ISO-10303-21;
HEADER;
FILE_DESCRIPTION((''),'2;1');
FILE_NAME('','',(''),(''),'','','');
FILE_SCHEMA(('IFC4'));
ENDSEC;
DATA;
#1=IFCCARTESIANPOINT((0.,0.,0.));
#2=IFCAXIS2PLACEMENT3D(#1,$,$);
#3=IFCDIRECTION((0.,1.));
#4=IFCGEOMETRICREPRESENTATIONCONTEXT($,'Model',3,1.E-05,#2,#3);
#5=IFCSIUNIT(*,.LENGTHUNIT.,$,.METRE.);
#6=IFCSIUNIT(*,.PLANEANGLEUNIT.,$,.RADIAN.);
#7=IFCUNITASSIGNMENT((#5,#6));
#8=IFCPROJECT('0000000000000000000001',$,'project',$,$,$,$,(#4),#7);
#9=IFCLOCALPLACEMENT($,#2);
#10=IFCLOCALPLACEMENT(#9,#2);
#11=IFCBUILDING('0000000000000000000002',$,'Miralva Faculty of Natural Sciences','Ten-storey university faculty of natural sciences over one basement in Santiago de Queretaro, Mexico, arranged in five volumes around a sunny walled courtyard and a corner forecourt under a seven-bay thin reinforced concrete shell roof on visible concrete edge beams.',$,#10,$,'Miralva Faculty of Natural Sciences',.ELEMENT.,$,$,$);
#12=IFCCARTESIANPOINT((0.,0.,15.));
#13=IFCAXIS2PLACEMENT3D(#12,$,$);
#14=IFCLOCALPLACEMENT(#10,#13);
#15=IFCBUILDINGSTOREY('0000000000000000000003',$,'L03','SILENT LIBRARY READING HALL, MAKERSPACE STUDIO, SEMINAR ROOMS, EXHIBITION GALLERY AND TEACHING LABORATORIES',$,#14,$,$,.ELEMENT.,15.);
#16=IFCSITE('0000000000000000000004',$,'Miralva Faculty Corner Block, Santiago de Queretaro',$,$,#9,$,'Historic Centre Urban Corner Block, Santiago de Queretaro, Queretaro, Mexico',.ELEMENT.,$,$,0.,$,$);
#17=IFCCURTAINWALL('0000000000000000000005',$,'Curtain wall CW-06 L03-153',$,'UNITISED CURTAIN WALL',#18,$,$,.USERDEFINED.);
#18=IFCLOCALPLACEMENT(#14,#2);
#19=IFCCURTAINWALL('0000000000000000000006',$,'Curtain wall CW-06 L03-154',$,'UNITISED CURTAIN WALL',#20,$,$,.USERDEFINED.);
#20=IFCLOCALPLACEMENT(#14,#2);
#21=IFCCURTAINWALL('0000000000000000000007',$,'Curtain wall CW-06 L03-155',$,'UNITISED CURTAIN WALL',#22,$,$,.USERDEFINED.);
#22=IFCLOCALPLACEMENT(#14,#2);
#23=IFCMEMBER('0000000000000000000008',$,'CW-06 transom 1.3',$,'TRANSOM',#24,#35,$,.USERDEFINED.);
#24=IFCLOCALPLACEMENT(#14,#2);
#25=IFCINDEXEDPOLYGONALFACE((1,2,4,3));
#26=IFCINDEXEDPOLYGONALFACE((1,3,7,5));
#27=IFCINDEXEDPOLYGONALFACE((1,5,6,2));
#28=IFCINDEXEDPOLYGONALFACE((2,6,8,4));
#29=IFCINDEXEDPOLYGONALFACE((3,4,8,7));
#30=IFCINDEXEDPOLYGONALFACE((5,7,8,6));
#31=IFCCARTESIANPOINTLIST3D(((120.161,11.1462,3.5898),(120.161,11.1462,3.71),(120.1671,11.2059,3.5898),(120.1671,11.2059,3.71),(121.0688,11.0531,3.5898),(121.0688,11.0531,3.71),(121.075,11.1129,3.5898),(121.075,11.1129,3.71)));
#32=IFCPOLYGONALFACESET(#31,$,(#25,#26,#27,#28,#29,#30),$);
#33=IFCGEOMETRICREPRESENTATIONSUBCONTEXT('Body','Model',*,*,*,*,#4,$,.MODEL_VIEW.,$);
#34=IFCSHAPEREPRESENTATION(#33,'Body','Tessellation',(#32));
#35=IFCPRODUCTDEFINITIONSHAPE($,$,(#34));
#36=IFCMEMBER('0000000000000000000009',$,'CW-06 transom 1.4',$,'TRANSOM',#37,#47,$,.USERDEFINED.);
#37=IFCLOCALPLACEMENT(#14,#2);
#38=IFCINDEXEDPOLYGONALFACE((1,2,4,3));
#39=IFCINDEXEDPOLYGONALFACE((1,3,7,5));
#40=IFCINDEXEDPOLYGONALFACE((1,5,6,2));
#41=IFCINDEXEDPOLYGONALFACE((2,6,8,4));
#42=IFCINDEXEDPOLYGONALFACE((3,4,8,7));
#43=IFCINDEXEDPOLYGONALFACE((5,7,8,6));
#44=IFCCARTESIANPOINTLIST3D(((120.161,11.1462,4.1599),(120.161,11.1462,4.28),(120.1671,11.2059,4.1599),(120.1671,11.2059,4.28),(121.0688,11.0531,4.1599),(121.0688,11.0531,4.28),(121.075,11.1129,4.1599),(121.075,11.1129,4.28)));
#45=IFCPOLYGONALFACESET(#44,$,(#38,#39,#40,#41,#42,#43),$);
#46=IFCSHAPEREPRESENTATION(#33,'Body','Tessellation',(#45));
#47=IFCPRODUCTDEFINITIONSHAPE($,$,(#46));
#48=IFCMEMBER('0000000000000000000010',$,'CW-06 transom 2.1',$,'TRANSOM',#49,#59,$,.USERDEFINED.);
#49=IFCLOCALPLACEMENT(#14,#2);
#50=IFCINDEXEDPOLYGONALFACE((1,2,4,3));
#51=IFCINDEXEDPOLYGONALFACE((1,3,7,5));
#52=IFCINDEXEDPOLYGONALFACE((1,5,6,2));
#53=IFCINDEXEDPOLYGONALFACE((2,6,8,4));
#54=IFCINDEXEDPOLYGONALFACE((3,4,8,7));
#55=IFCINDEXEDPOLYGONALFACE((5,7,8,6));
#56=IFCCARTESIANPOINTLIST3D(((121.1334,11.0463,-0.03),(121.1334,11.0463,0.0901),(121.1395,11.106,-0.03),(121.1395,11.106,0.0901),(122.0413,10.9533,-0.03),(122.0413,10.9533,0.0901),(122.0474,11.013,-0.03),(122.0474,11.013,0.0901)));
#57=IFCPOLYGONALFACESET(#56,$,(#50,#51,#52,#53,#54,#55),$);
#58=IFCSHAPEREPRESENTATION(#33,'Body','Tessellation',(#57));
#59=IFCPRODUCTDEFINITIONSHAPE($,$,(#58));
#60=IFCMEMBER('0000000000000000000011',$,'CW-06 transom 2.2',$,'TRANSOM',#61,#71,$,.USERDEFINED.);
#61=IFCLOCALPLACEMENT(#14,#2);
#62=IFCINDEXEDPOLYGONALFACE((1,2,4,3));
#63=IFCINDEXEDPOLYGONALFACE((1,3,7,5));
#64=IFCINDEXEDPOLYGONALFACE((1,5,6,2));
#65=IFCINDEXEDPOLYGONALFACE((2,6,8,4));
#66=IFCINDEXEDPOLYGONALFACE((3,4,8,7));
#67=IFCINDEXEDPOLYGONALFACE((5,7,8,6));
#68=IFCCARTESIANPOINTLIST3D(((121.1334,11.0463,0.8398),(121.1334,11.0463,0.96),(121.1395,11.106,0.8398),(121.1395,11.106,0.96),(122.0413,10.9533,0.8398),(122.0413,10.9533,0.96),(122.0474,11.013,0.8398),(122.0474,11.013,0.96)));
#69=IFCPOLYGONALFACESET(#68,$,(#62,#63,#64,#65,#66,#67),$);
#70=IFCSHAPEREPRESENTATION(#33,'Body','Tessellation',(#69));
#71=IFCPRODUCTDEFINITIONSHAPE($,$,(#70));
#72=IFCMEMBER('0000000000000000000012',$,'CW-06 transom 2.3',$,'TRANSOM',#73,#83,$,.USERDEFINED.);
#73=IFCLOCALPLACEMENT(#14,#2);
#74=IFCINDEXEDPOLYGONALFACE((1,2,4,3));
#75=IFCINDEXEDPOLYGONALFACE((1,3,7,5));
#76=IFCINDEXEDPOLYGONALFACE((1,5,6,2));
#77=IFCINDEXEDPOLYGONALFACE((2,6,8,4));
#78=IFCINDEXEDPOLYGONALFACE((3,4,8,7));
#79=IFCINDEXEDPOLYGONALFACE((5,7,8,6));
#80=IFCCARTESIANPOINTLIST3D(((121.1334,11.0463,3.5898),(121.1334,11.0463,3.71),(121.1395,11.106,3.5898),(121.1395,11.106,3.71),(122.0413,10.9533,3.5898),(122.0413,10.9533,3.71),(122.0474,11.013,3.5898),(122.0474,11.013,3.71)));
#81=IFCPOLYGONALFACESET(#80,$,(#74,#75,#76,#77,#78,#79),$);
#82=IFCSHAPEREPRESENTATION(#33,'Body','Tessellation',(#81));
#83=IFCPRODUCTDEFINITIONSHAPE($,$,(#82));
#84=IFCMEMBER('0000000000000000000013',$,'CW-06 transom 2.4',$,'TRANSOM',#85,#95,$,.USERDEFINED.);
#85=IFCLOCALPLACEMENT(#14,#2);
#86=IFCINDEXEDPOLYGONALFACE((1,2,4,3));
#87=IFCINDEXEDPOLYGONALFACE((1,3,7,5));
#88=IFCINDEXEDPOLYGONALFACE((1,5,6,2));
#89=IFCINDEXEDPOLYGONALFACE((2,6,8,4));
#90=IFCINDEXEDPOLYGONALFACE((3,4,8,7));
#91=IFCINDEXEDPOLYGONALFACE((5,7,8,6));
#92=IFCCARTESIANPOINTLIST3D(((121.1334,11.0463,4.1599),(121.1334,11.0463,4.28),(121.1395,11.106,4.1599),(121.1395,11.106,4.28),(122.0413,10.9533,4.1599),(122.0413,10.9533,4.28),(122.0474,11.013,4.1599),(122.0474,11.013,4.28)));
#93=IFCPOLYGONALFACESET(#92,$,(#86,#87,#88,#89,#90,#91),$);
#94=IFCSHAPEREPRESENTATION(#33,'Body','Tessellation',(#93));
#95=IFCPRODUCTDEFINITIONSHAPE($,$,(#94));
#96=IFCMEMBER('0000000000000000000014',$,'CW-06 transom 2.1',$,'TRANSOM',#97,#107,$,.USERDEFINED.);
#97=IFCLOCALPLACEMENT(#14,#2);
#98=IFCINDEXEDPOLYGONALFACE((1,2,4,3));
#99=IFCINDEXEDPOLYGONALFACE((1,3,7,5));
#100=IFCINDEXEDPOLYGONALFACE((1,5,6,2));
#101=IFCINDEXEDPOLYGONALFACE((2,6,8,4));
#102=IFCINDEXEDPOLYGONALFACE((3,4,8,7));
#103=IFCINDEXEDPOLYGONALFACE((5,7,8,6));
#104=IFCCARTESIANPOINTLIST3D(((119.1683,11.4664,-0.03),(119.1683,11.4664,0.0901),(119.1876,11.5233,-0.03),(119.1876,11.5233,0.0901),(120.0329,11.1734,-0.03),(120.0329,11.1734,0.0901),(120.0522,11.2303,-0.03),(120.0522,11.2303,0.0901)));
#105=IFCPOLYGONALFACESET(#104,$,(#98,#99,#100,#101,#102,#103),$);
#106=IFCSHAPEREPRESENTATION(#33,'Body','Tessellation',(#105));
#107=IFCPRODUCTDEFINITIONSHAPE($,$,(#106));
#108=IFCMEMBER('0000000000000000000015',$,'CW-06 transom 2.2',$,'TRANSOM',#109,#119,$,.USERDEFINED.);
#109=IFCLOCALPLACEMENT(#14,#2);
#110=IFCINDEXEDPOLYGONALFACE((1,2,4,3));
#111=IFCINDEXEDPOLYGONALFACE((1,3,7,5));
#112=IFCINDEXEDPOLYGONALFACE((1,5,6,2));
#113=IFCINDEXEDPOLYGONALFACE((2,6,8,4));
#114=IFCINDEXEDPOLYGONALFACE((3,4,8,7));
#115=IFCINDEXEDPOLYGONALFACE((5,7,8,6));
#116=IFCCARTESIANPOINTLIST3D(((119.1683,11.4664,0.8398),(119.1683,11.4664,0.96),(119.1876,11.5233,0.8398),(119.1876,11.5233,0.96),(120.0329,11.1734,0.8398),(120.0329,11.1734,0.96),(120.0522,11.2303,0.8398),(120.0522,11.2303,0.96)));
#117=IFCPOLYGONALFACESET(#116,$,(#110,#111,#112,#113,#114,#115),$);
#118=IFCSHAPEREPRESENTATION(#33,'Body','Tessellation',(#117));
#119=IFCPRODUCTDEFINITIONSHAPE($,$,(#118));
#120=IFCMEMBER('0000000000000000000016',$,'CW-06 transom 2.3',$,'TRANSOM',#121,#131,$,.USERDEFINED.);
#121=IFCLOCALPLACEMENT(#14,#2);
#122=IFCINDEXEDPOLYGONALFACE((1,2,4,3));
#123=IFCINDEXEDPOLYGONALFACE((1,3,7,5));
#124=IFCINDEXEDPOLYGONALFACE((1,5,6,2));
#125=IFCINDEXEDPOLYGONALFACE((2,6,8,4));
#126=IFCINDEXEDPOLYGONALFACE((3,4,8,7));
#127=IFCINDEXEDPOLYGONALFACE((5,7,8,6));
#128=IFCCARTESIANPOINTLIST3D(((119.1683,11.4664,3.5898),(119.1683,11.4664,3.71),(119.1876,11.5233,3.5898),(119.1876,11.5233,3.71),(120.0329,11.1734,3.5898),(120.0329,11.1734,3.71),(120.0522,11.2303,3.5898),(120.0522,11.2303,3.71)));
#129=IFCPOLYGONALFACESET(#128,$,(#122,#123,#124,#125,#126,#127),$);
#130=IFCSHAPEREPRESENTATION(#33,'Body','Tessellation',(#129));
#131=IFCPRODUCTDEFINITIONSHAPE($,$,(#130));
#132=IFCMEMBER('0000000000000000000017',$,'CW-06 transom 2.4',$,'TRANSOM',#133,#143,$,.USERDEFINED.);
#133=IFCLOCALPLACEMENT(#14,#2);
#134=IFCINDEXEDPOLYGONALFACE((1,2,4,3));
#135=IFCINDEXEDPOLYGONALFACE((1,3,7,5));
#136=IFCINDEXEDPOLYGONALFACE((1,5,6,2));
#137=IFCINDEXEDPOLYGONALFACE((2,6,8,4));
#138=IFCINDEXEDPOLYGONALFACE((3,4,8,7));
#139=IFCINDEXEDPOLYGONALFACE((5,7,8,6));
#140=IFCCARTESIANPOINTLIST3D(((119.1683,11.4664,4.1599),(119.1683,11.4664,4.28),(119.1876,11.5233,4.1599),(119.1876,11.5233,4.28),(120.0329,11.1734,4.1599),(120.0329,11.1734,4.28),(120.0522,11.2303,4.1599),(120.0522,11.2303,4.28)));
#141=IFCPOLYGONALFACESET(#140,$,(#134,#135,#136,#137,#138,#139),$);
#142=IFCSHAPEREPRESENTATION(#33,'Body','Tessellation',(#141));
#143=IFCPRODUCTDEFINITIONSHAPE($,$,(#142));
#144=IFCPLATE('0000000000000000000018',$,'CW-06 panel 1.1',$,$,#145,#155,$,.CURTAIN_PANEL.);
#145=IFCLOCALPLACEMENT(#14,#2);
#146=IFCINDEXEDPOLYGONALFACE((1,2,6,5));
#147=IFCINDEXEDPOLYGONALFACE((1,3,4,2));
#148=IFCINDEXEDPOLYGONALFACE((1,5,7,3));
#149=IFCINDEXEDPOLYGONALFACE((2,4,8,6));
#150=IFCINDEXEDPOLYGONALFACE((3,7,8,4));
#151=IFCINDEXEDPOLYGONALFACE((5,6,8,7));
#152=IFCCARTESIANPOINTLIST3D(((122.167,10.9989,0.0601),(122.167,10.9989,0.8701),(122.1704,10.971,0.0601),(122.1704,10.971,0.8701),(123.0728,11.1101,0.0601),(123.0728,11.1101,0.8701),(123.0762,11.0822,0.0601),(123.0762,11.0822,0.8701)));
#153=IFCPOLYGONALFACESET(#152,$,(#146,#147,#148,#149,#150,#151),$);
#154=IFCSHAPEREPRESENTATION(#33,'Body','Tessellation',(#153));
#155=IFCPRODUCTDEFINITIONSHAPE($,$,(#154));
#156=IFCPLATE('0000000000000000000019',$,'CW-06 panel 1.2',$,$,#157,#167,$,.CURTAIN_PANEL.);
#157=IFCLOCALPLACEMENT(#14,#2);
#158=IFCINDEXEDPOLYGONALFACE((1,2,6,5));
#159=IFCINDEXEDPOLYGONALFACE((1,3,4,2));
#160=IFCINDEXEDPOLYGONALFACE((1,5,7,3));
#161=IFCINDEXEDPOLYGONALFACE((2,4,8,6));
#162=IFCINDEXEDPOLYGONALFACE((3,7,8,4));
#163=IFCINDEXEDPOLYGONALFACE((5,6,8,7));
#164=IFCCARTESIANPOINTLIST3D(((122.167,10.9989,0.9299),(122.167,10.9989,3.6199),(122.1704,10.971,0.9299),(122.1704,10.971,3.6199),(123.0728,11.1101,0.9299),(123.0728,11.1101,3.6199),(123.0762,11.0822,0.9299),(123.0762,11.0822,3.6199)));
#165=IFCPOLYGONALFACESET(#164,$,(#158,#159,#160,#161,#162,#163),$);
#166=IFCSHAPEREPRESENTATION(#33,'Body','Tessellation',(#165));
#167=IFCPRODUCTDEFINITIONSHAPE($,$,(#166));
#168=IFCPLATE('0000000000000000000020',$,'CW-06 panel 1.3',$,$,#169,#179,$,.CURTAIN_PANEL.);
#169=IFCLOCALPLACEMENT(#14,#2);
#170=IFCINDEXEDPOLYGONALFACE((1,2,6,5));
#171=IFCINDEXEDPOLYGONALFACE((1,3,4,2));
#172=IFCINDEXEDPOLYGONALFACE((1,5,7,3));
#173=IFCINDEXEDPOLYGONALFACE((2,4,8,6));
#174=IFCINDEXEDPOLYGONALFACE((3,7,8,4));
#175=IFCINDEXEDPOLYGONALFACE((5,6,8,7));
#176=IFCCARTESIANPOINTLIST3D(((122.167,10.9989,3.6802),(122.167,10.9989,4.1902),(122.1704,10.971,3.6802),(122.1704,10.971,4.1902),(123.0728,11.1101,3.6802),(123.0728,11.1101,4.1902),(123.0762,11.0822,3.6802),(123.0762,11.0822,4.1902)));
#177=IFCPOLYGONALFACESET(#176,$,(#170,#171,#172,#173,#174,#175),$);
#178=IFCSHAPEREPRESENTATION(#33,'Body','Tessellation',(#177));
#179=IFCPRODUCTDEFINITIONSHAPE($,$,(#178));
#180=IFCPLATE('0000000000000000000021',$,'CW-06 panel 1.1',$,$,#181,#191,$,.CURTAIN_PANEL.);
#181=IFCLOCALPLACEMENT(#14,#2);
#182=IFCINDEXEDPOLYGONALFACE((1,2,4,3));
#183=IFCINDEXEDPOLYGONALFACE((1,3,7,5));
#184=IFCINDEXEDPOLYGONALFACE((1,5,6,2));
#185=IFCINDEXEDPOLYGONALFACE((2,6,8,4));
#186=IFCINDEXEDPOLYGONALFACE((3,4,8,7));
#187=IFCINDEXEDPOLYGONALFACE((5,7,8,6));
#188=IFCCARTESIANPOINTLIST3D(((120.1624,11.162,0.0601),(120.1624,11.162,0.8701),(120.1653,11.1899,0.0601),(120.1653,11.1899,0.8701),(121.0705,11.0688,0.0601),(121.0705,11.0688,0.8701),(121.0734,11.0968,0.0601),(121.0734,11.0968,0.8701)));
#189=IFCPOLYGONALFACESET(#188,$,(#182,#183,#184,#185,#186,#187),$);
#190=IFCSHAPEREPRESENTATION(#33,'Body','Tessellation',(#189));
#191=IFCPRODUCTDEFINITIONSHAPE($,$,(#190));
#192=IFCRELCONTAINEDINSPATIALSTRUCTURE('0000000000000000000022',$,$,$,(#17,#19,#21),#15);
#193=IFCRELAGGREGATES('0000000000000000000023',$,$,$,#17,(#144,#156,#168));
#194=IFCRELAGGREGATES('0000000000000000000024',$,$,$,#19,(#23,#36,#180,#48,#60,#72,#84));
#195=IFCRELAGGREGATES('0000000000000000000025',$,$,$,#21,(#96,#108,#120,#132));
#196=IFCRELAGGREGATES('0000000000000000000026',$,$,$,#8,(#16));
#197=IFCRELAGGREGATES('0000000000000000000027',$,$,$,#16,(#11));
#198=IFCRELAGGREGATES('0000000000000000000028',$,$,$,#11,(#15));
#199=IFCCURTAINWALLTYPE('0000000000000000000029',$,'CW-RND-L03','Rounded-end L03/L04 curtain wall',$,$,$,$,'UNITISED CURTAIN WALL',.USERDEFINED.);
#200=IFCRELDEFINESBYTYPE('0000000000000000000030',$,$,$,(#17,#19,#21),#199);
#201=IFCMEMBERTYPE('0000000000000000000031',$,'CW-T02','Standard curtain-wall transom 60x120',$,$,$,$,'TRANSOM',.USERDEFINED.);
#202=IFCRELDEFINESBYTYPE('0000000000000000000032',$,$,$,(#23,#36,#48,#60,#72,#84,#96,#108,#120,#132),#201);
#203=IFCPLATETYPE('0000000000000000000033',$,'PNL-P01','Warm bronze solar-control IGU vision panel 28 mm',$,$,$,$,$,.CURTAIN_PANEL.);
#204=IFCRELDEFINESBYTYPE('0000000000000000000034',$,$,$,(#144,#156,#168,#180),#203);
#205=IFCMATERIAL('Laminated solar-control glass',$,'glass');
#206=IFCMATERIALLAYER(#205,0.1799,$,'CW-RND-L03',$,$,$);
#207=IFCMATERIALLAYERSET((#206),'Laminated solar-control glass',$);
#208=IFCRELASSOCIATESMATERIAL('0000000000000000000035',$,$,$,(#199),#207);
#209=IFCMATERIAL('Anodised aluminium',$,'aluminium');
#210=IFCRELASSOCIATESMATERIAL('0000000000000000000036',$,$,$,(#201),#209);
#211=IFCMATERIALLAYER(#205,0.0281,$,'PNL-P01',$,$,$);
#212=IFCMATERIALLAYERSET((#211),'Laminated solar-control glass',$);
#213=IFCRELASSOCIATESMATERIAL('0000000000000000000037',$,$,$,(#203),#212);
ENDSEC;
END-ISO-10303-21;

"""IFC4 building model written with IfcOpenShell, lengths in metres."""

from ifc_helpers import new_model, si_unit, direction, frame, origin, origin_2d, place, context, subcontext, project, spatial, rectangle, extrude, material, layer, layer_set, material_profile, profile_set, type_object, element, aggregate, save


model = new_model("IFC4")

# Units and contexts
model_context = context("Model", 3, precision=1e-05, world=origin(), true_north=direction((0.0, 1.0)))
body_context = subcontext(model_context, "Body", "Model", "MODEL_VIEW")
ifc_project = project(units=[si_unit("LENGTHUNIT", "METRE"), si_unit("PLANEANGLEUNIT", "RADIAN")], contexts=[model_context])

# Site, building, storey
site_placement = place(None, origin())
site = spatial("IfcSite", under=ifc_project, at=site_placement, Name="Miralva Faculty Corner Block, Santiago de Queretaro", LongName="Historic Centre Urban Corner Block, Santiago de Queretaro, Queretaro, Mexico", CompositionType="ELEMENT", RefElevation=0.0)
building_placement = place(site_placement, origin())
building = spatial("IfcBuilding", under=site, at=building_placement, Name="Miralva Faculty of Natural Sciences", Description="Ten-storey university faculty of natural sciences over one basement in Santiago de Queretaro, Mexico, arranged in five volumes around a sunny walled courtyard and a corner forecourt under a seven-bay thin reinforced concrete shell roof on visible concrete edge beams.", LongName="Miralva Faculty of Natural Sciences", CompositionType="ELEMENT")
storey_placement = place(building_placement, frame((0.0, 0.0, 15.0)))
storey = spatial("IfcBuildingStorey", under=building, at=storey_placement, Name="L03", Description="SILENT LIBRARY READING HALL, MAKERSPACE STUDIO, SEMINAR ROOMS, EXHIBITION GALLERY AND TEACHING LABORATORIES", CompositionType="ELEMENT", Elevation=15.0)

# Curtain walls
ifc_material_1 = material(Name="Laminated solar-control glass", Category="glass")
ifc_layer_1 = layer(ifc_material_1, 0.1799, Name="CW-RND-L03")
ifc_layer_set_1 = layer_set([ifc_layer_1], Name="Laminated solar-control glass")
curtain_wall_type = type_object("IfcCurtainWallType", Name="CW-RND-L03", Description="Rounded-end L03/L04 curtain wall", ElementType="UNITISED CURTAIN WALL", PredefinedType="USERDEFINED", material=ifc_layer_set_1)
curtain_wall_1_placement = place(storey_placement, origin())
curtain_wall_1 = element("IfcCurtainWall", 1, at=curtain_wall_1_placement, inside=storey, type_object=curtain_wall_type, Name="Curtain wall CW-06 L03-153", ObjectType="UNITISED CURTAIN WALL", PredefinedType="USERDEFINED")
ifc_material_2 = material(Name="Anodised aluminium", Category="aluminium")
curtain_wall_2_placement = place(storey_placement, origin())
curtain_wall_2 = element("IfcCurtainWall", 2, at=curtain_wall_2_placement, inside=storey, type_object=curtain_wall_type, Name="Curtain wall CW-06 L03-154", ObjectType="UNITISED CURTAIN WALL", PredefinedType="USERDEFINED")
curtain_wall_3_placement = place(storey_placement, origin())
curtain_wall_3 = element("IfcCurtainWall", 3, at=curtain_wall_3_placement, inside=storey, type_object=curtain_wall_type, Name="Curtain wall CW-06 L03-155", ObjectType="UNITISED CURTAIN WALL", PredefinedType="USERDEFINED")

# Members
ifc_material_profile_1 = material_profile(ifc_material_2, rectangle(XDim=0.0601, YDim=0.1201, at=origin_2d()), Name="TRANSOM 60x120")
ifc_profile_set_1 = profile_set([ifc_material_profile_1], Name="Anodised aluminium")
member_type_1 = type_object("IfcMemberType", Name="CW-T02", Description="Standard curtain-wall transom 60x120", ElementType="TRANSOM", PredefinedType="USERDEFINED", material=ifc_profile_set_1)
member_1_placement = place(storey_placement, frame((120.1641, 11.176, 3.6499), z_axis=(0.994793, -0.101913, 0.0), x_axis=(0.101913, 0.994793, 0.0)))
member_1 = element("IfcMember", 4, at=member_1_placement, type_object=member_type_1, Name="CW-06 transom 1.3", ObjectType="TRANSOM", PredefinedType="USERDEFINED", context=body_context, shape_type="SweptSolid", body=[
    extrude(rectangle(XDim=0.0601, YDim=0.1201, at=origin_2d()), origin(), (0.0, 0.0, 1.0), 0.9126),
])
member_2_placement = place(storey_placement, frame((120.1641, 11.176, 4.22), z_axis=(0.994793, -0.101913, 0.0), x_axis=(0.101913, 0.994793, 0.0)))
member_2 = element("IfcMember", 5, at=member_2_placement, type_object=member_type_1, Name="CW-06 transom 1.4", ObjectType="TRANSOM", PredefinedType="USERDEFINED", context=body_context, shape_type="SweptSolid", body=[
    extrude(rectangle(XDim=0.0601, YDim=0.1201, at=origin_2d()), origin(), (0.0, 0.0, 1.0), 0.9126),
])
member_3_placement = place(storey_placement, frame((121.1365, 11.0762, 0.03), z_axis=(0.994793, -0.101913, 0.0), x_axis=(0.101913, 0.994793, 0.0)))
member_3 = element("IfcMember", 6, at=member_3_placement, type_object=member_type_1, Name="CW-06 transom 2.1", ObjectType="TRANSOM", PredefinedType="USERDEFINED", context=body_context, shape_type="SweptSolid", body=[
    extrude(rectangle(XDim=0.0601, YDim=0.1201, at=origin_2d()), origin(), (0.0, 0.0, 1.0), 0.9126),
])
member_4_placement = place(storey_placement, frame((121.1365, 11.0762, 0.8999), z_axis=(0.994793, -0.101913, 0.0), x_axis=(0.101913, 0.994793, 0.0)))
member_4 = element("IfcMember", 7, at=member_4_placement, type_object=member_type_1, Name="CW-06 transom 2.2", ObjectType="TRANSOM", PredefinedType="USERDEFINED", context=body_context, shape_type="SweptSolid", body=[
    extrude(rectangle(XDim=0.0601, YDim=0.1201, at=origin_2d()), origin(), (0.0, 0.0, 1.0), 0.9126),
])
member_5_placement = place(storey_placement, frame((121.1365, 11.0762, 3.6499), z_axis=(0.994793, -0.101913, 0.0), x_axis=(0.101913, 0.994793, 0.0)))
member_5 = element("IfcMember", 8, at=member_5_placement, type_object=member_type_1, Name="CW-06 transom 2.3", ObjectType="TRANSOM", PredefinedType="USERDEFINED", context=body_context, shape_type="SweptSolid", body=[
    extrude(rectangle(XDim=0.0601, YDim=0.1201, at=origin_2d()), origin(), (0.0, 0.0, 1.0), 0.9126),
])
member_6_placement = place(storey_placement, frame((121.1365, 11.0762, 4.22), z_axis=(0.994793, -0.101913, 0.0), x_axis=(0.101913, 0.994793, 0.0)))
member_6 = element("IfcMember", 9, at=member_6_placement, type_object=member_type_1, Name="CW-06 transom 2.4", ObjectType="TRANSOM", PredefinedType="USERDEFINED", context=body_context, shape_type="SweptSolid", body=[
    extrude(rectangle(XDim=0.0601, YDim=0.1201, at=origin_2d()), origin(), (0.0, 0.0, 1.0), 0.9126),
])
member_7_placement = place(storey_placement, frame((119.178, 11.4949, 0.03), z_axis=(0.947093, -0.320958, 0.0), x_axis=(0.320958, 0.947093, 0.0)))
member_7 = element("IfcMember", 10, at=member_7_placement, type_object=member_type_1, Name="CW-06 transom 2.1", ObjectType="TRANSOM", PredefinedType="USERDEFINED", context=body_context, shape_type="SweptSolid", body=[
    extrude(rectangle(XDim=0.0601, YDim=0.1201, at=origin_2d()), origin(), (0.0, 0.0, 1.0), 0.9128),
])
member_8_placement = place(storey_placement, frame((119.178, 11.4949, 0.8999), z_axis=(0.947093, -0.320958, 0.0), x_axis=(0.320958, 0.947093, 0.0)))
member_8 = element("IfcMember", 11, at=member_8_placement, type_object=member_type_1, Name="CW-06 transom 2.2", ObjectType="TRANSOM", PredefinedType="USERDEFINED", context=body_context, shape_type="SweptSolid", body=[
    extrude(rectangle(XDim=0.0601, YDim=0.1201, at=origin_2d()), origin(), (0.0, 0.0, 1.0), 0.9128),
])
member_9_placement = place(storey_placement, frame((119.178, 11.4949, 3.6499), z_axis=(0.947093, -0.320958, 0.0), x_axis=(0.320958, 0.947093, 0.0)))
member_9 = element("IfcMember", 12, at=member_9_placement, type_object=member_type_1, Name="CW-06 transom 2.3", ObjectType="TRANSOM", PredefinedType="USERDEFINED", context=body_context, shape_type="SweptSolid", body=[
    extrude(rectangle(XDim=0.0601, YDim=0.1201, at=origin_2d()), origin(), (0.0, 0.0, 1.0), 0.9128),
])
member_10_placement = place(storey_placement, frame((119.178, 11.4949, 4.22), z_axis=(0.947093, -0.320958, 0.0), x_axis=(0.320958, 0.947093, 0.0)))
member_10 = element("IfcMember", 13, at=member_10_placement, type_object=member_type_1, Name="CW-06 transom 2.4", ObjectType="TRANSOM", PredefinedType="USERDEFINED", context=body_context, shape_type="SweptSolid", body=[
    extrude(rectangle(XDim=0.0601, YDim=0.1201, at=origin_2d()), origin(), (0.0, 0.0, 1.0), 0.9128),
])

# Plates
ifc_layer_2 = layer(ifc_material_1, 0.0281, Name="PNL-P01")
ifc_layer_set_2 = layer_set([ifc_layer_2], Name="Laminated solar-control glass")
plate_type = type_object("IfcPlateType", Name="PNL-P01", Description="Warm bronze solar-control IGU vision panel 28 mm", PredefinedType="CURTAIN_PANEL", material=ifc_layer_set_2)
plate_1_placement = place(storey_placement, frame((122.6216, 11.0405, 0.0601), z_axis=(0.0, 0.0, 1.0), x_axis=(0.992547, 0.12186, 0.0)))
plate_1 = element("IfcPlate", 14, at=plate_1_placement, type_object=plate_type, Name="CW-06 panel 1.1", PredefinedType="CURTAIN_PANEL", context=body_context, shape_type="SweptSolid", body=[
    extrude(rectangle(XDim=0.9126, YDim=0.0281, at=origin_2d()), origin(), (0.0, 0.0, 1.0), 0.8101),
])
plate_2_placement = place(storey_placement, frame((122.6216, 11.0405, 0.9299), z_axis=(0.0, 0.0, 1.0), x_axis=(0.992547, 0.12186, 0.0)))
plate_2 = element("IfcPlate", 15, at=plate_2_placement, type_object=plate_type, Name="CW-06 panel 1.2", PredefinedType="CURTAIN_PANEL", context=body_context, shape_type="SweptSolid", body=[
    extrude(rectangle(XDim=0.9126, YDim=0.0281, at=origin_2d()), origin(), (0.0, 0.0, 1.0), 2.6899),
])
plate_3_placement = place(storey_placement, frame((122.6216, 11.0405, 3.6802), z_axis=(0.0, 0.0, 1.0), x_axis=(0.992547, 0.12186, 0.0)))
plate_3 = element("IfcPlate", 16, at=plate_3_placement, type_object=plate_type, Name="CW-06 panel 1.3", PredefinedType="CURTAIN_PANEL", context=body_context, shape_type="SweptSolid", body=[
    extrude(rectangle(XDim=0.9126, YDim=0.0281, at=origin_2d()), origin(), (0.0, 0.0, 1.0), 0.51),
])
aggregate(curtain_wall_1, [plate_1, plate_2, plate_3])
plate_4_placement = place(storey_placement, frame((120.6179, 11.1294, 0.0601), z_axis=(0.0, 0.0, 1.0), x_axis=(0.994779, -0.102056, 0.0)))
plate_4 = element("IfcPlate", 17, at=plate_4_placement, type_object=plate_type, Name="CW-06 panel 1.1", PredefinedType="CURTAIN_PANEL", context=body_context, shape_type="SweptSolid", body=[
    extrude(rectangle(XDim=0.9128, YDim=0.0281, at=origin_2d()), origin(), (0.0, 0.0, 1.0), 0.8101),
])
aggregate(curtain_wall_2, [member_1, member_2, plate_4, member_3, member_4, member_5, member_6])
aggregate(curtain_wall_3, [member_7, member_8, member_9, member_10])

save(model, "model.ifc")
